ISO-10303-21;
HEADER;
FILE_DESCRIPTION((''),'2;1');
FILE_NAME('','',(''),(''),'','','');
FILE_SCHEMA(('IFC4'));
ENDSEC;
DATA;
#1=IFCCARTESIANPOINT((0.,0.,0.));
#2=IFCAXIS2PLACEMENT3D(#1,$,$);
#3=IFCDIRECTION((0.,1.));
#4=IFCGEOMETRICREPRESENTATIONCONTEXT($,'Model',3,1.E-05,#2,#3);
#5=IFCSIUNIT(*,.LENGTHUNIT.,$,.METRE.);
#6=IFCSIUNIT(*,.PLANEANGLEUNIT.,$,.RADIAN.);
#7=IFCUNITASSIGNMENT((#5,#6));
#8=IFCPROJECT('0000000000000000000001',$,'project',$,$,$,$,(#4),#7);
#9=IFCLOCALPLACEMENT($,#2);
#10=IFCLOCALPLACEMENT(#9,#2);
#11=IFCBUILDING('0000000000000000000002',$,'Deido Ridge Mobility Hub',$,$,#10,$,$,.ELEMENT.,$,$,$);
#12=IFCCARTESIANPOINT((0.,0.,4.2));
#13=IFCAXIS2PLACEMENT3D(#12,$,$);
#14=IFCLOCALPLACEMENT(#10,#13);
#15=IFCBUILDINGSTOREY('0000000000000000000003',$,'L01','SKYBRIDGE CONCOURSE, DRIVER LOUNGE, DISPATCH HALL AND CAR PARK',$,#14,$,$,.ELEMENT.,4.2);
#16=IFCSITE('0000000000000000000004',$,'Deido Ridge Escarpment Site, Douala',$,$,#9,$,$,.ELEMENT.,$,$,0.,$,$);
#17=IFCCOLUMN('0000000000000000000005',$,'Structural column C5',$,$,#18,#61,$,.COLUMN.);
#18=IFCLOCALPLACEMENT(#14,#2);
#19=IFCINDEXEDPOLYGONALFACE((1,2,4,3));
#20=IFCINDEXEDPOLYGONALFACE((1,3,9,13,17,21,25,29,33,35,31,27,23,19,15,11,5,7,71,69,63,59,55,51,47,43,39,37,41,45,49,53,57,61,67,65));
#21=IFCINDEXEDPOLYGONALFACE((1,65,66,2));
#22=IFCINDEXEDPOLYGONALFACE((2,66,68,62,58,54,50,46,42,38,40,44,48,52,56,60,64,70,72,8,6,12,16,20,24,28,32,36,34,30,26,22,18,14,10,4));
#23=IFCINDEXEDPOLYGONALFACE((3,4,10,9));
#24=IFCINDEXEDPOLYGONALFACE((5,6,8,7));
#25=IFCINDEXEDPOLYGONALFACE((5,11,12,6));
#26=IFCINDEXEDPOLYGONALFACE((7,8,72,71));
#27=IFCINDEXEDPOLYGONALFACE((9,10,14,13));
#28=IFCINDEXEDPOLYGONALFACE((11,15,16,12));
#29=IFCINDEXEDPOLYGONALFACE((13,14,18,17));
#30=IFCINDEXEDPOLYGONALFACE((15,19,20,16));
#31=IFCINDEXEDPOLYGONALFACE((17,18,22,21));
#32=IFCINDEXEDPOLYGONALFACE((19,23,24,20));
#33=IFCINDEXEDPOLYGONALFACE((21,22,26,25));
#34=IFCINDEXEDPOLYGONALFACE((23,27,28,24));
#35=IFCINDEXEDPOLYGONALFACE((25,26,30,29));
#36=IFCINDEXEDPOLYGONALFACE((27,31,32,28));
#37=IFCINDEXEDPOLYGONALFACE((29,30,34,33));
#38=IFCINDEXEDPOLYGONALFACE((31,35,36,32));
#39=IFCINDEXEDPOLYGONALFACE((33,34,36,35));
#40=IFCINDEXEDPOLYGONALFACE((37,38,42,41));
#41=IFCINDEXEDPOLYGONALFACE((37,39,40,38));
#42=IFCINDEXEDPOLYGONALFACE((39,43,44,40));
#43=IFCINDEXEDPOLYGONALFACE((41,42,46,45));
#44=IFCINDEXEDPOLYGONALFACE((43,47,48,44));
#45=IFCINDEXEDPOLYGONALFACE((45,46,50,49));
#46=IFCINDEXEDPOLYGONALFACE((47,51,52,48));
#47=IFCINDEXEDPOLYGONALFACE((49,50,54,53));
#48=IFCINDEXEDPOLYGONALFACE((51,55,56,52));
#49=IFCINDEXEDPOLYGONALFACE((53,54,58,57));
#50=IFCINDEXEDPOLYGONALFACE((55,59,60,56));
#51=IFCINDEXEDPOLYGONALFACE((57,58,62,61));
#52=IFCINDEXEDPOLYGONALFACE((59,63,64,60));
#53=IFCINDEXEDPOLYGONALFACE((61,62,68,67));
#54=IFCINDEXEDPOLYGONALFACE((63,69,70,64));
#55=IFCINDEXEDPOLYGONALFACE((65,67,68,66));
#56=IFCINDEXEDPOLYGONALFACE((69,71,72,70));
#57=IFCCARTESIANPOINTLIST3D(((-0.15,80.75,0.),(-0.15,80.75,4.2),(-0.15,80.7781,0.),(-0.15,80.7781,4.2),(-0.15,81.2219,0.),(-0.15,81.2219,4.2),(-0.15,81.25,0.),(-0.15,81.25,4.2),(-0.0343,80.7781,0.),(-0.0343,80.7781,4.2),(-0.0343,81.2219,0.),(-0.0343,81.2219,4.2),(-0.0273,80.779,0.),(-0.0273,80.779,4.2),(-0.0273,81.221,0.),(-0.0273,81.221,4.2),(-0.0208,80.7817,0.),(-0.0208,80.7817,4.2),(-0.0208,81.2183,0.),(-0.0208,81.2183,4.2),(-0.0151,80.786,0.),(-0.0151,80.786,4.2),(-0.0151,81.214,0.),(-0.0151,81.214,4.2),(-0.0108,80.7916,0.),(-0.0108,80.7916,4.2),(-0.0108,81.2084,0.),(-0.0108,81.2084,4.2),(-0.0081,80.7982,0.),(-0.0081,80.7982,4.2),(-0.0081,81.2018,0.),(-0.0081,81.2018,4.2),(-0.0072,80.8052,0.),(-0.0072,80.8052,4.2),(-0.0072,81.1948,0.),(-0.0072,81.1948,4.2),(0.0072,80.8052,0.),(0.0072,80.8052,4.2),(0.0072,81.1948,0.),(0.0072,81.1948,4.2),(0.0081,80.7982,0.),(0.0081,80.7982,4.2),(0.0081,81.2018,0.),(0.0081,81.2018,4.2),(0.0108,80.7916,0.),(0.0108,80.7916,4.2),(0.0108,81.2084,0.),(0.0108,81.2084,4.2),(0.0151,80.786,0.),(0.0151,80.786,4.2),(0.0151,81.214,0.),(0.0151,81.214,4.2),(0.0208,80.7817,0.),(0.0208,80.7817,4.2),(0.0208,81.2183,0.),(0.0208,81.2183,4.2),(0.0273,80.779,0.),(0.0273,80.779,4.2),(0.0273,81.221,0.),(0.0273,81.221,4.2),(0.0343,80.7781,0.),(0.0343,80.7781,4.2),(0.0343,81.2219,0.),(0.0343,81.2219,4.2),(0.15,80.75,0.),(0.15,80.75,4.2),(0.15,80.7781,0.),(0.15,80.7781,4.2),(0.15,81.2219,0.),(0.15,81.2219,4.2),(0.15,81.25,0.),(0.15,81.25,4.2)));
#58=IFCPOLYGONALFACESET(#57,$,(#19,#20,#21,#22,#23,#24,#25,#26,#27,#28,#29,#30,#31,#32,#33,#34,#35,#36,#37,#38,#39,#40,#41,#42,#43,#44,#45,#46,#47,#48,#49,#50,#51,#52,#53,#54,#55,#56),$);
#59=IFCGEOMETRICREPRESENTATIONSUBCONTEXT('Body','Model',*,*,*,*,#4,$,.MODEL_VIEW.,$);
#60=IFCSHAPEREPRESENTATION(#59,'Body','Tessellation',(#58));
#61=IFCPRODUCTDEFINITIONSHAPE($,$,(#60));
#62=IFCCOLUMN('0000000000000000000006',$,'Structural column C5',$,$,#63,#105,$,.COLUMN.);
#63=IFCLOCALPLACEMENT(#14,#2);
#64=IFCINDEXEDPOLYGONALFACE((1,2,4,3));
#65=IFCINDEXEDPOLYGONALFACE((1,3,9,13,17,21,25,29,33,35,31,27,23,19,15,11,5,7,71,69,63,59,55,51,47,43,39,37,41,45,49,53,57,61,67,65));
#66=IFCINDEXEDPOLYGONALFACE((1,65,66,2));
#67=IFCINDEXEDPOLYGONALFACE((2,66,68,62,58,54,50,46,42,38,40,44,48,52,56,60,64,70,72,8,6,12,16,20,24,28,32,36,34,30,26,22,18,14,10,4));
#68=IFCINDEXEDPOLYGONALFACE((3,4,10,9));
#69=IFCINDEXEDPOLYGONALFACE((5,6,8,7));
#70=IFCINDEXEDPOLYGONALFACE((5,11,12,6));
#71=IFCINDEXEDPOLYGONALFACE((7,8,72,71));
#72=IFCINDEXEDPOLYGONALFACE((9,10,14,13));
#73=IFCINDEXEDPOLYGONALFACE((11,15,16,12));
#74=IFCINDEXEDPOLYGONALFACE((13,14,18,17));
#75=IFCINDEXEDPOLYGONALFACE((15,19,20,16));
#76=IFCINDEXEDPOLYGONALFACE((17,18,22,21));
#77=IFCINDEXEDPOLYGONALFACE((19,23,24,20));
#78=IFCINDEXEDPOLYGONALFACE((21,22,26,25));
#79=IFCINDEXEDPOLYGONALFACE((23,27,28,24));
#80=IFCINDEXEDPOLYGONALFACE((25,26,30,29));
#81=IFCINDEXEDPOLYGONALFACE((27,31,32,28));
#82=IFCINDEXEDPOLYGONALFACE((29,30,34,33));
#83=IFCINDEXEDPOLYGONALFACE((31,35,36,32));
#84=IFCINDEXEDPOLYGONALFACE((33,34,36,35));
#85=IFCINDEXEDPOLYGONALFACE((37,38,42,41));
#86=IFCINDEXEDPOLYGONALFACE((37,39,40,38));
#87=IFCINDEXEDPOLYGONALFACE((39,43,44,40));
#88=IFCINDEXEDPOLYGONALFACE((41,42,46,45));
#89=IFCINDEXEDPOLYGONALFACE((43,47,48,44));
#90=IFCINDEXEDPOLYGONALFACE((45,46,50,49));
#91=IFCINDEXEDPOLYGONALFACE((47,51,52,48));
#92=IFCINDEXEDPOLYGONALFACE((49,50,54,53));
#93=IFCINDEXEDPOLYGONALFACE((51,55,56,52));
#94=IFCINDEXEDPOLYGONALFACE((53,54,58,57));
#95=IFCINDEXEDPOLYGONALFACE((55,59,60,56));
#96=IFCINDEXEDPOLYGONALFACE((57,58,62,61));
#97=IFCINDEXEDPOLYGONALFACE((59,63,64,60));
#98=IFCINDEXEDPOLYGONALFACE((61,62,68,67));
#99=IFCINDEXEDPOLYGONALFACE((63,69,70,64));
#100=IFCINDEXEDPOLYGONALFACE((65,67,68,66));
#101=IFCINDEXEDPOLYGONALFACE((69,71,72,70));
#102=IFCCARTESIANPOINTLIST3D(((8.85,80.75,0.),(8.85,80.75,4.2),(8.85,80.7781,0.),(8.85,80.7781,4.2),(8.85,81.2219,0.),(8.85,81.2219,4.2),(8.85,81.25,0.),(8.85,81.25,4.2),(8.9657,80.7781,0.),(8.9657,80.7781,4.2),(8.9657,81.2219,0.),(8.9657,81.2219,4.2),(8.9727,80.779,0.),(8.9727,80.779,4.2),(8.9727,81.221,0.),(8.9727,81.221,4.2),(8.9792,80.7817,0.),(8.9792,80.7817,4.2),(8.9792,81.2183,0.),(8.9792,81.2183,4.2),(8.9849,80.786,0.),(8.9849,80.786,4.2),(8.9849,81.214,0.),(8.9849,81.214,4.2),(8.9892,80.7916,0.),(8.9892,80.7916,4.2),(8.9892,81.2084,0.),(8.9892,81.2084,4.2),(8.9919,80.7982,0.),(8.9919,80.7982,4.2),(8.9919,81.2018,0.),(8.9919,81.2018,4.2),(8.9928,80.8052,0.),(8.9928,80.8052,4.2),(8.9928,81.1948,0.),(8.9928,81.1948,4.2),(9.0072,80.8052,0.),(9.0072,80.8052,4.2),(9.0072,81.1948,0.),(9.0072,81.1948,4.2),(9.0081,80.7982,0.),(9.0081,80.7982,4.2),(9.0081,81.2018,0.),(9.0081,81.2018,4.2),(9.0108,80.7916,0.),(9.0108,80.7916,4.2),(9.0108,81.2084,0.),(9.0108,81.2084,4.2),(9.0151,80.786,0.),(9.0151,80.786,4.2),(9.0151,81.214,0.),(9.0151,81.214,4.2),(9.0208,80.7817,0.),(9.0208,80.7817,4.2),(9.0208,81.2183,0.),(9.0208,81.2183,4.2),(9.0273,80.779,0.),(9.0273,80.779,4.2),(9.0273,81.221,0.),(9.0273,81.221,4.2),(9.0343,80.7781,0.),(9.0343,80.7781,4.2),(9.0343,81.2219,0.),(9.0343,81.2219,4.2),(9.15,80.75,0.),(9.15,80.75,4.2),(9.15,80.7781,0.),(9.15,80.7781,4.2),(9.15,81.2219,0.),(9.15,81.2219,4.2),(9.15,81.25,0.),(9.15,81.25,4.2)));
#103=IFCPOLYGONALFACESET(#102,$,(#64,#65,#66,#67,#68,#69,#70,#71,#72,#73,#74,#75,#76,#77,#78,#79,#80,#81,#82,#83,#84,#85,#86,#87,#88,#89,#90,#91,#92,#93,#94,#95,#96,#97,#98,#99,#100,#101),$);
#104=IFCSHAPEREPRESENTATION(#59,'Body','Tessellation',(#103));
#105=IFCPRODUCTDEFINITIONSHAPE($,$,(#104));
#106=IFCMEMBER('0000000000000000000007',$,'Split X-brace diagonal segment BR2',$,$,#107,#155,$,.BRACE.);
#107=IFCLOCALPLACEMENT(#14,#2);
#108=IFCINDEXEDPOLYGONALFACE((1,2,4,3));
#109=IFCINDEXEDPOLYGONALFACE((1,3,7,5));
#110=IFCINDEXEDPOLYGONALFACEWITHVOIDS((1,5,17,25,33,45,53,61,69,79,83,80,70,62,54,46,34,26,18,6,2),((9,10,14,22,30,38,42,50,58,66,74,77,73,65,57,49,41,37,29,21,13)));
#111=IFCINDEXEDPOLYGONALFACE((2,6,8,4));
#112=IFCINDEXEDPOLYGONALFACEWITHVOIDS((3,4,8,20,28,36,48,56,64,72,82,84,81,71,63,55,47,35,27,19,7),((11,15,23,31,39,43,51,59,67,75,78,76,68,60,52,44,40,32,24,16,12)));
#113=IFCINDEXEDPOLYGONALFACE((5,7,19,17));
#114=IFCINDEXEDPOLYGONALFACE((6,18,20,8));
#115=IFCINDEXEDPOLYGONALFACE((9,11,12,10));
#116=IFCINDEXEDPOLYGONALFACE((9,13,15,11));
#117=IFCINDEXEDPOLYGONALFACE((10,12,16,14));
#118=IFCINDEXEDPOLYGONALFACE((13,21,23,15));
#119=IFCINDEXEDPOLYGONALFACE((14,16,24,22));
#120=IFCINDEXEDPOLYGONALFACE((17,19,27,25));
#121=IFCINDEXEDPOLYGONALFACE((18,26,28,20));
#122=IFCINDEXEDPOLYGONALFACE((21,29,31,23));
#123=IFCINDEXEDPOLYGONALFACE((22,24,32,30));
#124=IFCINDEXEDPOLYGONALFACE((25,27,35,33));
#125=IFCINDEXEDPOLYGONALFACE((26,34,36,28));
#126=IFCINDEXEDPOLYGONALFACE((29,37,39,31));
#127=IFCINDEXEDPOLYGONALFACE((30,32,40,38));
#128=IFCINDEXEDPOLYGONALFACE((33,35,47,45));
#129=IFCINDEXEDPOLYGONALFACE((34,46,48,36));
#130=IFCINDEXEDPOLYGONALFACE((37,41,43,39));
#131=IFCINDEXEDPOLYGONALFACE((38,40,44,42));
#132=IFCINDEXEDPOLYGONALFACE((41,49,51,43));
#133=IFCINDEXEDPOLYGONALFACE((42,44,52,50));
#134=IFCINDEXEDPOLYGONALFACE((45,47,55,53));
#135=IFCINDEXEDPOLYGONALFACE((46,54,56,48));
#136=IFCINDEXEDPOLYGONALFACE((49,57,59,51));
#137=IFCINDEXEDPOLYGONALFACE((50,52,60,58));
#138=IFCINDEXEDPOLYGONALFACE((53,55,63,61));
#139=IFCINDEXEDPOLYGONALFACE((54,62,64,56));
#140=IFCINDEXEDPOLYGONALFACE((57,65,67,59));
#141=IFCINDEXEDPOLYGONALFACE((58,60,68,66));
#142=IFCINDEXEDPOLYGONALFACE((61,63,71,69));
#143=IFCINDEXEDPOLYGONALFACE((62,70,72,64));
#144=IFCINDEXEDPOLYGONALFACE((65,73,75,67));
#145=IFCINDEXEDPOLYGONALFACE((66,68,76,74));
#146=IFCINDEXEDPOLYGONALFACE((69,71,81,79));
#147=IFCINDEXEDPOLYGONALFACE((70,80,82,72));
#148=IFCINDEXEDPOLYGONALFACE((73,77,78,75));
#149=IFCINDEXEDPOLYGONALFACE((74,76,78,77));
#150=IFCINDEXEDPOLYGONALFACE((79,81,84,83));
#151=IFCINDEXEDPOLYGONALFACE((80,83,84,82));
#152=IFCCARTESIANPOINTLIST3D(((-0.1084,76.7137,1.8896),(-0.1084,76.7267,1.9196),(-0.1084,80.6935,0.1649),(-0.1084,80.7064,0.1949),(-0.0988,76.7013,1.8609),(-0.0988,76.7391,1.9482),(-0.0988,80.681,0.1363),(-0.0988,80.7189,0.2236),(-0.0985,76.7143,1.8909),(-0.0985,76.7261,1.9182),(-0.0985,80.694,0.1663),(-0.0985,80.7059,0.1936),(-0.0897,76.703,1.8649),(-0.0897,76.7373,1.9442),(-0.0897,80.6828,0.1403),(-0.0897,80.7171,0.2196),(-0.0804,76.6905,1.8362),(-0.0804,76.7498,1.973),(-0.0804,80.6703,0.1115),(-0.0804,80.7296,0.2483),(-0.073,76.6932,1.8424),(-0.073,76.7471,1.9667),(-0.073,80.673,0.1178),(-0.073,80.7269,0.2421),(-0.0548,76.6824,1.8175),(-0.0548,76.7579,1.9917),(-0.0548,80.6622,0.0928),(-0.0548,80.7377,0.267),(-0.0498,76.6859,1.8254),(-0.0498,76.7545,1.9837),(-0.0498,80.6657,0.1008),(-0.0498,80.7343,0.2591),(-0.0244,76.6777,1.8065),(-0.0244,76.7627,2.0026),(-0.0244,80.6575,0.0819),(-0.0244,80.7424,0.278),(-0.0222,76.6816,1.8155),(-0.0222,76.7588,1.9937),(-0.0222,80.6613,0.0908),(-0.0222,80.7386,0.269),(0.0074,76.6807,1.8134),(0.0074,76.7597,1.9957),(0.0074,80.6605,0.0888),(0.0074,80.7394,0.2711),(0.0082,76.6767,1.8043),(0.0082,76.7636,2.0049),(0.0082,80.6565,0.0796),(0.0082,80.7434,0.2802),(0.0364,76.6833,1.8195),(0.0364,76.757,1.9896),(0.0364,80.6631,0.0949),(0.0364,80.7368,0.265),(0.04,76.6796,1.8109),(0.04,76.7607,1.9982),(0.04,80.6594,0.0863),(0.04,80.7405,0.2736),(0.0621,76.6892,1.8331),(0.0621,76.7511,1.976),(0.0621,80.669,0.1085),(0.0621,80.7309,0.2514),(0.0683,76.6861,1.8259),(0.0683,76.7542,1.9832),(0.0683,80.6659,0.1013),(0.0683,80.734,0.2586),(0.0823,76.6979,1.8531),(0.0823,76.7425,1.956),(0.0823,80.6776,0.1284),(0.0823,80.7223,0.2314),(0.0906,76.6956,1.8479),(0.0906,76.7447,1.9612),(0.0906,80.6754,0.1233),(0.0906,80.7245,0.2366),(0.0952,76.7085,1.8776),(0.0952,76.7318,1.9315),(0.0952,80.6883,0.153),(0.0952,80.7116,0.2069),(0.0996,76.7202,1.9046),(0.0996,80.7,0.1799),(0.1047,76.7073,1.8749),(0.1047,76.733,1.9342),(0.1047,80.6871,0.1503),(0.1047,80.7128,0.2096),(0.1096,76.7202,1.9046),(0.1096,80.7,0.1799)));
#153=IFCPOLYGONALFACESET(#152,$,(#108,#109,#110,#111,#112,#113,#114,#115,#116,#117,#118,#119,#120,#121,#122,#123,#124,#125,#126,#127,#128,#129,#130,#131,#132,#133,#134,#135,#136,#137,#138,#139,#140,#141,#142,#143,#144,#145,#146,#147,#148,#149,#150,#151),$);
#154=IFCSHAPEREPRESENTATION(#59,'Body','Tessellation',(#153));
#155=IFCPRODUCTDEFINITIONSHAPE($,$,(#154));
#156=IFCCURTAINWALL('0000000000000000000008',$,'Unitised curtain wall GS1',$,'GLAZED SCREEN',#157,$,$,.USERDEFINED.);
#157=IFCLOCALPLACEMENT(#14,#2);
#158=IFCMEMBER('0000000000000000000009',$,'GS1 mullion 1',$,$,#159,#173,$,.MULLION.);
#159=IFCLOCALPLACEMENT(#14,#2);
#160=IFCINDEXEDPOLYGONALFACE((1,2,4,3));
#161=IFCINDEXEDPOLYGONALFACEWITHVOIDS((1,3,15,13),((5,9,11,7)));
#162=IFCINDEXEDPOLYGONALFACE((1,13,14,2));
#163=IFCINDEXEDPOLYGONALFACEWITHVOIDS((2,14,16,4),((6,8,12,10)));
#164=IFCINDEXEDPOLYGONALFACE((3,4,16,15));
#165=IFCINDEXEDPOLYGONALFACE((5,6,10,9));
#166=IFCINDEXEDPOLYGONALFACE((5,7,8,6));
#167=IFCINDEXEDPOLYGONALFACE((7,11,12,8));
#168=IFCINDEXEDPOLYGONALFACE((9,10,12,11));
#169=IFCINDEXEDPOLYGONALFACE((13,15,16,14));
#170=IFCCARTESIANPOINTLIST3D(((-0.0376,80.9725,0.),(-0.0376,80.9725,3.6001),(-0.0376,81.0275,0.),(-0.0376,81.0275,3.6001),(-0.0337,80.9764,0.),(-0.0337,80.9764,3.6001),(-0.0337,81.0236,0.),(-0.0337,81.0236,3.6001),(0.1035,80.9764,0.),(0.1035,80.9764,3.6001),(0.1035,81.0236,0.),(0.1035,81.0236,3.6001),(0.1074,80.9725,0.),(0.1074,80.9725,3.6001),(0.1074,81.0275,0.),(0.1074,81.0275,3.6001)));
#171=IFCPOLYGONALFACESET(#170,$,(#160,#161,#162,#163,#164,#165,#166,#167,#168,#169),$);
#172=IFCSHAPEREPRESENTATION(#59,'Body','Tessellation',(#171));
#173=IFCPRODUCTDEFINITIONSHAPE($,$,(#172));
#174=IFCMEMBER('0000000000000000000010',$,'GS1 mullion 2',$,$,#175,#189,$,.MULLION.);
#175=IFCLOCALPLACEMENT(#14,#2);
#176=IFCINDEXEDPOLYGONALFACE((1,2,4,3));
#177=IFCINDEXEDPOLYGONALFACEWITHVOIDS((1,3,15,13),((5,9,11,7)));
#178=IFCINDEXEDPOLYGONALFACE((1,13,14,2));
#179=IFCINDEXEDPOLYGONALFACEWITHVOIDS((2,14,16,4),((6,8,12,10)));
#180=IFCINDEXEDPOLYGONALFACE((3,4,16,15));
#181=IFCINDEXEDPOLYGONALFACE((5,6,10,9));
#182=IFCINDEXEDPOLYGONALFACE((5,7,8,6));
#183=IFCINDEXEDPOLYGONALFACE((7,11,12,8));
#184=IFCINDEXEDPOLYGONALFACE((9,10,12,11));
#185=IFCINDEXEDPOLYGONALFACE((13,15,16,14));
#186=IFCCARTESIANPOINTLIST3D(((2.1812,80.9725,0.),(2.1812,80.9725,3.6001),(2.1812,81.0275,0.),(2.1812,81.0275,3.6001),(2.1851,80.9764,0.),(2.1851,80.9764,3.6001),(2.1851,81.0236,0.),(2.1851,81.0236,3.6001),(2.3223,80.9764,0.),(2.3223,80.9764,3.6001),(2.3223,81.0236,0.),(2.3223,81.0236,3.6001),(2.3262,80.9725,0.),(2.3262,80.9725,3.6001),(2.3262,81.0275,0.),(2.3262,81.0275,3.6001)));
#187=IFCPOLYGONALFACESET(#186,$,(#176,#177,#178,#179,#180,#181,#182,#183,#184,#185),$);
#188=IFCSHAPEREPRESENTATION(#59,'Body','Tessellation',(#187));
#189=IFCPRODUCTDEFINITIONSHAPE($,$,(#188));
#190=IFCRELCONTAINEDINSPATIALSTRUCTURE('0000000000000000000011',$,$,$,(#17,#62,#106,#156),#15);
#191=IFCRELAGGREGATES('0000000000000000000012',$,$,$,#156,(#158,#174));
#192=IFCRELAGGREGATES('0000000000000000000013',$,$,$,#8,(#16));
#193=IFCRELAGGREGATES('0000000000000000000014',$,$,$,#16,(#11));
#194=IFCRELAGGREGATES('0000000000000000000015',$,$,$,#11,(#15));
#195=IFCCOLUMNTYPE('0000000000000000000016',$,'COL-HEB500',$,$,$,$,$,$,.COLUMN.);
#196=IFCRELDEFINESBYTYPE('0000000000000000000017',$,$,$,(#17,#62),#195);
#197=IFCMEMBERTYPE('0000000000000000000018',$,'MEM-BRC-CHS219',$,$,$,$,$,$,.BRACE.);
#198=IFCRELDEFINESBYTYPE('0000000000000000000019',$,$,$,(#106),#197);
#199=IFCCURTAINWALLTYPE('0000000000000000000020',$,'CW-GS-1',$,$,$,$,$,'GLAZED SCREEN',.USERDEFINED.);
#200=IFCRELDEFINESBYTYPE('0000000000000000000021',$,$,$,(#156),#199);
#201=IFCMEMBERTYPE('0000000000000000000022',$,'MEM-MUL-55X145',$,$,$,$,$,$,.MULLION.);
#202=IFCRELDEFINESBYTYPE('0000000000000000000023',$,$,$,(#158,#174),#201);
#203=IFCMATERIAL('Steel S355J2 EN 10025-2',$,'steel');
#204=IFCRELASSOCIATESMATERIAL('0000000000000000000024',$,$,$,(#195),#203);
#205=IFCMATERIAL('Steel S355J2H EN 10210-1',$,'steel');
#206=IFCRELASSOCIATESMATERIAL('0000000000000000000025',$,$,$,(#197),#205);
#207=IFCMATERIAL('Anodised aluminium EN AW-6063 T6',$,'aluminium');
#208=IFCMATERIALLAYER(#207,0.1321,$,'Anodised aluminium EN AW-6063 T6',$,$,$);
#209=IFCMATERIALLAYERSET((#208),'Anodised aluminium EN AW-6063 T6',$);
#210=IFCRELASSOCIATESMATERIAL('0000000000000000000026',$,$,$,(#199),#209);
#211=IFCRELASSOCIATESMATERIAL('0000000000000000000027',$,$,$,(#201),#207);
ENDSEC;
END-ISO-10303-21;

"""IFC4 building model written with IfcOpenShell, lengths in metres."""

from ifc_helpers import new_model, si_unit, direction, frame, origin, origin_2d, place, context, subcontext, project, spatial, hollow_rectangle, hollow_circle, i_section, extrude, material, layer, layer_set, material_profile, profile_set, type_object, element, aggregate, save


model = new_model("IFC4")

# Units and contexts
model_context = context("Model", 3, precision=1e-05, world=origin(), true_north=direction((0.0, 1.0)))
body_context = subcontext(model_context, "Body", "Model", "MODEL_VIEW")
ifc_project = project(units=[si_unit("LENGTHUNIT", "METRE"), si_unit("PLANEANGLEUNIT", "RADIAN")], contexts=[model_context])

# Site, building, storey
site_placement = place(None, origin())
site = spatial("IfcSite", under=ifc_project, at=site_placement, Name="Deido Ridge Escarpment Site, Douala", CompositionType="ELEMENT", RefElevation=0.0)
building_placement = place(site_placement, origin())
building = spatial("IfcBuilding", under=site, at=building_placement, Name="Deido Ridge Mobility Hub", CompositionType="ELEMENT")
storey_placement = place(building_placement, frame((0.0, 0.0, 4.2)))
storey = spatial("IfcBuildingStorey", under=building, at=storey_placement, Name="L01", Description="SKYBRIDGE CONCOURSE, DRIVER LOUNGE, DISPATCH HALL AND CAR PARK", CompositionType="ELEMENT", Elevation=4.2)

# Columns
ifc_material_1 = material(Name="Steel S355J2 EN 10025-2", Category="steel")
ifc_material_profile_1 = material_profile(ifc_material_1, i_section(OverallWidth=0.3, OverallDepth=0.5, WebThickness=0.0144, FlangeThickness=0.0281, FilletRadius=0.0271, at=origin_2d()), Name="HEB 500")
ifc_profile_set_1 = profile_set([ifc_material_profile_1], Name="Steel S355J2 EN 10025-2")
column_type = type_object("IfcColumnType", Name="COL-HEB500", PredefinedType="COLUMN", material=ifc_profile_set_1)
for number, where, z_axis, x_axis, name in (
    (1, (0.0, 81.0, 0.0), (0.0, 0.0, 1.0), (1.0, 0.0, 0.0), "Structural column C5"),
    (2, (9.0, 81.0, 0.0), (0.0, 0.0, 1.0), (1.0, 0.0, 0.0), "Structural column C5"),
):
    element("IfcColumn", number, at=place(storey_placement, frame(where, z_axis=z_axis, x_axis=x_axis)), inside=storey, type_object=column_type, Name=name, PredefinedType="COLUMN", context=body_context, shape_type="SweptSolid", body=[
        extrude(i_section(OverallWidth=0.3, OverallDepth=0.5, WebThickness=0.0144, FlangeThickness=0.0281, FilletRadius=0.0271, at=origin_2d()), origin(), (0.0, 0.0, 1.0), 4.2),
    ])

# Member
ifc_material_2 = material(Name="Steel S355J2H EN 10210-1", Category="steel")
ifc_material_profile_2 = material_profile(ifc_material_2, hollow_circle(Radius=0.1096, WallThickness=0.01, at=origin_2d()), Name="CHS 219.1x10")
ifc_profile_set_2 = profile_set([ifc_material_profile_2], Name="Steel S355J2H EN 10210-1")
member_type_1 = type_object("IfcMemberType", Name="MEM-BRC-CHS219", PredefinedType="BRACE", material=ifc_profile_set_2)
member_1_placement = place(storey_placement, frame((0.0, 80.7, 0.1799), z_axis=(0.0, -0.917551, 0.397618), x_axis=(1.0, 0.0, 0.0)))
element("IfcMember", 3, at=member_1_placement, inside=storey, type_object=member_type_1, Name="Split X-brace diagonal segment BR2", PredefinedType="BRACE", context=body_context, shape_type="SweptSolid", body=[
    extrude(hollow_circle(Radius=0.1096, WallThickness=0.01, at=origin_2d()), origin(), (0.0, 0.0, 1.0), 4.3374),
])

# Curtain wall, members
ifc_material_3 = material(Name="Anodised aluminium EN AW-6063 T6", Category="aluminium")
ifc_layer_1 = layer(ifc_material_3, 0.1321, Name="Anodised aluminium EN AW-6063 T6")
ifc_layer_set_1 = layer_set([ifc_layer_1], Name="Anodised aluminium EN AW-6063 T6")
curtain_wall_type_1 = type_object("IfcCurtainWallType", Name="CW-GS-1", ElementType="GLAZED SCREEN", PredefinedType="USERDEFINED", material=ifc_layer_set_1)
curtain_wall_1_placement = place(storey_placement, origin())
curtain_wall_1 = element("IfcCurtainWall", 4, at=curtain_wall_1_placement, inside=storey, type_object=curtain_wall_type_1, Name="Unitised curtain wall GS1", ObjectType="GLAZED SCREEN", PredefinedType="USERDEFINED")
ifc_material_profile_3 = material_profile(ifc_material_3, hollow_rectangle(XDim=0.0549, YDim=0.145, WallThickness=0.0039, at=origin_2d()), Name="RHS 55x145x4")
ifc_profile_set_3 = profile_set([ifc_material_profile_3], Name="Anodised aluminium EN AW-6063 T6")
member_type_2 = type_object("IfcMemberType", Name="MEM-MUL-55X145", PredefinedType="MULLION", material=ifc_profile_set_3)
member_2_placement = place(storey_placement, frame((0.0349, 81.0, 0.0), z_axis=(0.0, 0.0, 1.0), x_axis=(0.0, 1.0, 0.0)))
member_2 = element("IfcMember", 5, at=member_2_placement, type_object=member_type_2, Name="GS1 mullion 1", PredefinedType="MULLION", context=body_context, shape_type="SweptSolid", body=[
    extrude(hollow_rectangle(XDim=0.0549, YDim=0.145, WallThickness=0.0039, at=origin_2d()), origin(), (0.0, 0.0, 1.0), 3.6001),
])
member_3_placement = place(storey_placement, frame((2.2537, 81.0, 0.0), z_axis=(0.0, 0.0, 1.0), x_axis=(0.0, 1.0, 0.0)))
member_3 = element("IfcMember", 6, at=member_3_placement, type_object=member_type_2, Name="GS1 mullion 2", PredefinedType="MULLION", context=body_context, shape_type="SweptSolid", body=[
    extrude(hollow_rectangle(XDim=0.0549, YDim=0.145, WallThickness=0.0039, at=origin_2d()), origin(), (0.0, 0.0, 1.0), 3.6001),
])

aggregate(curtain_wall_1, [member_2, member_3])

save(model, "model.ifc")
